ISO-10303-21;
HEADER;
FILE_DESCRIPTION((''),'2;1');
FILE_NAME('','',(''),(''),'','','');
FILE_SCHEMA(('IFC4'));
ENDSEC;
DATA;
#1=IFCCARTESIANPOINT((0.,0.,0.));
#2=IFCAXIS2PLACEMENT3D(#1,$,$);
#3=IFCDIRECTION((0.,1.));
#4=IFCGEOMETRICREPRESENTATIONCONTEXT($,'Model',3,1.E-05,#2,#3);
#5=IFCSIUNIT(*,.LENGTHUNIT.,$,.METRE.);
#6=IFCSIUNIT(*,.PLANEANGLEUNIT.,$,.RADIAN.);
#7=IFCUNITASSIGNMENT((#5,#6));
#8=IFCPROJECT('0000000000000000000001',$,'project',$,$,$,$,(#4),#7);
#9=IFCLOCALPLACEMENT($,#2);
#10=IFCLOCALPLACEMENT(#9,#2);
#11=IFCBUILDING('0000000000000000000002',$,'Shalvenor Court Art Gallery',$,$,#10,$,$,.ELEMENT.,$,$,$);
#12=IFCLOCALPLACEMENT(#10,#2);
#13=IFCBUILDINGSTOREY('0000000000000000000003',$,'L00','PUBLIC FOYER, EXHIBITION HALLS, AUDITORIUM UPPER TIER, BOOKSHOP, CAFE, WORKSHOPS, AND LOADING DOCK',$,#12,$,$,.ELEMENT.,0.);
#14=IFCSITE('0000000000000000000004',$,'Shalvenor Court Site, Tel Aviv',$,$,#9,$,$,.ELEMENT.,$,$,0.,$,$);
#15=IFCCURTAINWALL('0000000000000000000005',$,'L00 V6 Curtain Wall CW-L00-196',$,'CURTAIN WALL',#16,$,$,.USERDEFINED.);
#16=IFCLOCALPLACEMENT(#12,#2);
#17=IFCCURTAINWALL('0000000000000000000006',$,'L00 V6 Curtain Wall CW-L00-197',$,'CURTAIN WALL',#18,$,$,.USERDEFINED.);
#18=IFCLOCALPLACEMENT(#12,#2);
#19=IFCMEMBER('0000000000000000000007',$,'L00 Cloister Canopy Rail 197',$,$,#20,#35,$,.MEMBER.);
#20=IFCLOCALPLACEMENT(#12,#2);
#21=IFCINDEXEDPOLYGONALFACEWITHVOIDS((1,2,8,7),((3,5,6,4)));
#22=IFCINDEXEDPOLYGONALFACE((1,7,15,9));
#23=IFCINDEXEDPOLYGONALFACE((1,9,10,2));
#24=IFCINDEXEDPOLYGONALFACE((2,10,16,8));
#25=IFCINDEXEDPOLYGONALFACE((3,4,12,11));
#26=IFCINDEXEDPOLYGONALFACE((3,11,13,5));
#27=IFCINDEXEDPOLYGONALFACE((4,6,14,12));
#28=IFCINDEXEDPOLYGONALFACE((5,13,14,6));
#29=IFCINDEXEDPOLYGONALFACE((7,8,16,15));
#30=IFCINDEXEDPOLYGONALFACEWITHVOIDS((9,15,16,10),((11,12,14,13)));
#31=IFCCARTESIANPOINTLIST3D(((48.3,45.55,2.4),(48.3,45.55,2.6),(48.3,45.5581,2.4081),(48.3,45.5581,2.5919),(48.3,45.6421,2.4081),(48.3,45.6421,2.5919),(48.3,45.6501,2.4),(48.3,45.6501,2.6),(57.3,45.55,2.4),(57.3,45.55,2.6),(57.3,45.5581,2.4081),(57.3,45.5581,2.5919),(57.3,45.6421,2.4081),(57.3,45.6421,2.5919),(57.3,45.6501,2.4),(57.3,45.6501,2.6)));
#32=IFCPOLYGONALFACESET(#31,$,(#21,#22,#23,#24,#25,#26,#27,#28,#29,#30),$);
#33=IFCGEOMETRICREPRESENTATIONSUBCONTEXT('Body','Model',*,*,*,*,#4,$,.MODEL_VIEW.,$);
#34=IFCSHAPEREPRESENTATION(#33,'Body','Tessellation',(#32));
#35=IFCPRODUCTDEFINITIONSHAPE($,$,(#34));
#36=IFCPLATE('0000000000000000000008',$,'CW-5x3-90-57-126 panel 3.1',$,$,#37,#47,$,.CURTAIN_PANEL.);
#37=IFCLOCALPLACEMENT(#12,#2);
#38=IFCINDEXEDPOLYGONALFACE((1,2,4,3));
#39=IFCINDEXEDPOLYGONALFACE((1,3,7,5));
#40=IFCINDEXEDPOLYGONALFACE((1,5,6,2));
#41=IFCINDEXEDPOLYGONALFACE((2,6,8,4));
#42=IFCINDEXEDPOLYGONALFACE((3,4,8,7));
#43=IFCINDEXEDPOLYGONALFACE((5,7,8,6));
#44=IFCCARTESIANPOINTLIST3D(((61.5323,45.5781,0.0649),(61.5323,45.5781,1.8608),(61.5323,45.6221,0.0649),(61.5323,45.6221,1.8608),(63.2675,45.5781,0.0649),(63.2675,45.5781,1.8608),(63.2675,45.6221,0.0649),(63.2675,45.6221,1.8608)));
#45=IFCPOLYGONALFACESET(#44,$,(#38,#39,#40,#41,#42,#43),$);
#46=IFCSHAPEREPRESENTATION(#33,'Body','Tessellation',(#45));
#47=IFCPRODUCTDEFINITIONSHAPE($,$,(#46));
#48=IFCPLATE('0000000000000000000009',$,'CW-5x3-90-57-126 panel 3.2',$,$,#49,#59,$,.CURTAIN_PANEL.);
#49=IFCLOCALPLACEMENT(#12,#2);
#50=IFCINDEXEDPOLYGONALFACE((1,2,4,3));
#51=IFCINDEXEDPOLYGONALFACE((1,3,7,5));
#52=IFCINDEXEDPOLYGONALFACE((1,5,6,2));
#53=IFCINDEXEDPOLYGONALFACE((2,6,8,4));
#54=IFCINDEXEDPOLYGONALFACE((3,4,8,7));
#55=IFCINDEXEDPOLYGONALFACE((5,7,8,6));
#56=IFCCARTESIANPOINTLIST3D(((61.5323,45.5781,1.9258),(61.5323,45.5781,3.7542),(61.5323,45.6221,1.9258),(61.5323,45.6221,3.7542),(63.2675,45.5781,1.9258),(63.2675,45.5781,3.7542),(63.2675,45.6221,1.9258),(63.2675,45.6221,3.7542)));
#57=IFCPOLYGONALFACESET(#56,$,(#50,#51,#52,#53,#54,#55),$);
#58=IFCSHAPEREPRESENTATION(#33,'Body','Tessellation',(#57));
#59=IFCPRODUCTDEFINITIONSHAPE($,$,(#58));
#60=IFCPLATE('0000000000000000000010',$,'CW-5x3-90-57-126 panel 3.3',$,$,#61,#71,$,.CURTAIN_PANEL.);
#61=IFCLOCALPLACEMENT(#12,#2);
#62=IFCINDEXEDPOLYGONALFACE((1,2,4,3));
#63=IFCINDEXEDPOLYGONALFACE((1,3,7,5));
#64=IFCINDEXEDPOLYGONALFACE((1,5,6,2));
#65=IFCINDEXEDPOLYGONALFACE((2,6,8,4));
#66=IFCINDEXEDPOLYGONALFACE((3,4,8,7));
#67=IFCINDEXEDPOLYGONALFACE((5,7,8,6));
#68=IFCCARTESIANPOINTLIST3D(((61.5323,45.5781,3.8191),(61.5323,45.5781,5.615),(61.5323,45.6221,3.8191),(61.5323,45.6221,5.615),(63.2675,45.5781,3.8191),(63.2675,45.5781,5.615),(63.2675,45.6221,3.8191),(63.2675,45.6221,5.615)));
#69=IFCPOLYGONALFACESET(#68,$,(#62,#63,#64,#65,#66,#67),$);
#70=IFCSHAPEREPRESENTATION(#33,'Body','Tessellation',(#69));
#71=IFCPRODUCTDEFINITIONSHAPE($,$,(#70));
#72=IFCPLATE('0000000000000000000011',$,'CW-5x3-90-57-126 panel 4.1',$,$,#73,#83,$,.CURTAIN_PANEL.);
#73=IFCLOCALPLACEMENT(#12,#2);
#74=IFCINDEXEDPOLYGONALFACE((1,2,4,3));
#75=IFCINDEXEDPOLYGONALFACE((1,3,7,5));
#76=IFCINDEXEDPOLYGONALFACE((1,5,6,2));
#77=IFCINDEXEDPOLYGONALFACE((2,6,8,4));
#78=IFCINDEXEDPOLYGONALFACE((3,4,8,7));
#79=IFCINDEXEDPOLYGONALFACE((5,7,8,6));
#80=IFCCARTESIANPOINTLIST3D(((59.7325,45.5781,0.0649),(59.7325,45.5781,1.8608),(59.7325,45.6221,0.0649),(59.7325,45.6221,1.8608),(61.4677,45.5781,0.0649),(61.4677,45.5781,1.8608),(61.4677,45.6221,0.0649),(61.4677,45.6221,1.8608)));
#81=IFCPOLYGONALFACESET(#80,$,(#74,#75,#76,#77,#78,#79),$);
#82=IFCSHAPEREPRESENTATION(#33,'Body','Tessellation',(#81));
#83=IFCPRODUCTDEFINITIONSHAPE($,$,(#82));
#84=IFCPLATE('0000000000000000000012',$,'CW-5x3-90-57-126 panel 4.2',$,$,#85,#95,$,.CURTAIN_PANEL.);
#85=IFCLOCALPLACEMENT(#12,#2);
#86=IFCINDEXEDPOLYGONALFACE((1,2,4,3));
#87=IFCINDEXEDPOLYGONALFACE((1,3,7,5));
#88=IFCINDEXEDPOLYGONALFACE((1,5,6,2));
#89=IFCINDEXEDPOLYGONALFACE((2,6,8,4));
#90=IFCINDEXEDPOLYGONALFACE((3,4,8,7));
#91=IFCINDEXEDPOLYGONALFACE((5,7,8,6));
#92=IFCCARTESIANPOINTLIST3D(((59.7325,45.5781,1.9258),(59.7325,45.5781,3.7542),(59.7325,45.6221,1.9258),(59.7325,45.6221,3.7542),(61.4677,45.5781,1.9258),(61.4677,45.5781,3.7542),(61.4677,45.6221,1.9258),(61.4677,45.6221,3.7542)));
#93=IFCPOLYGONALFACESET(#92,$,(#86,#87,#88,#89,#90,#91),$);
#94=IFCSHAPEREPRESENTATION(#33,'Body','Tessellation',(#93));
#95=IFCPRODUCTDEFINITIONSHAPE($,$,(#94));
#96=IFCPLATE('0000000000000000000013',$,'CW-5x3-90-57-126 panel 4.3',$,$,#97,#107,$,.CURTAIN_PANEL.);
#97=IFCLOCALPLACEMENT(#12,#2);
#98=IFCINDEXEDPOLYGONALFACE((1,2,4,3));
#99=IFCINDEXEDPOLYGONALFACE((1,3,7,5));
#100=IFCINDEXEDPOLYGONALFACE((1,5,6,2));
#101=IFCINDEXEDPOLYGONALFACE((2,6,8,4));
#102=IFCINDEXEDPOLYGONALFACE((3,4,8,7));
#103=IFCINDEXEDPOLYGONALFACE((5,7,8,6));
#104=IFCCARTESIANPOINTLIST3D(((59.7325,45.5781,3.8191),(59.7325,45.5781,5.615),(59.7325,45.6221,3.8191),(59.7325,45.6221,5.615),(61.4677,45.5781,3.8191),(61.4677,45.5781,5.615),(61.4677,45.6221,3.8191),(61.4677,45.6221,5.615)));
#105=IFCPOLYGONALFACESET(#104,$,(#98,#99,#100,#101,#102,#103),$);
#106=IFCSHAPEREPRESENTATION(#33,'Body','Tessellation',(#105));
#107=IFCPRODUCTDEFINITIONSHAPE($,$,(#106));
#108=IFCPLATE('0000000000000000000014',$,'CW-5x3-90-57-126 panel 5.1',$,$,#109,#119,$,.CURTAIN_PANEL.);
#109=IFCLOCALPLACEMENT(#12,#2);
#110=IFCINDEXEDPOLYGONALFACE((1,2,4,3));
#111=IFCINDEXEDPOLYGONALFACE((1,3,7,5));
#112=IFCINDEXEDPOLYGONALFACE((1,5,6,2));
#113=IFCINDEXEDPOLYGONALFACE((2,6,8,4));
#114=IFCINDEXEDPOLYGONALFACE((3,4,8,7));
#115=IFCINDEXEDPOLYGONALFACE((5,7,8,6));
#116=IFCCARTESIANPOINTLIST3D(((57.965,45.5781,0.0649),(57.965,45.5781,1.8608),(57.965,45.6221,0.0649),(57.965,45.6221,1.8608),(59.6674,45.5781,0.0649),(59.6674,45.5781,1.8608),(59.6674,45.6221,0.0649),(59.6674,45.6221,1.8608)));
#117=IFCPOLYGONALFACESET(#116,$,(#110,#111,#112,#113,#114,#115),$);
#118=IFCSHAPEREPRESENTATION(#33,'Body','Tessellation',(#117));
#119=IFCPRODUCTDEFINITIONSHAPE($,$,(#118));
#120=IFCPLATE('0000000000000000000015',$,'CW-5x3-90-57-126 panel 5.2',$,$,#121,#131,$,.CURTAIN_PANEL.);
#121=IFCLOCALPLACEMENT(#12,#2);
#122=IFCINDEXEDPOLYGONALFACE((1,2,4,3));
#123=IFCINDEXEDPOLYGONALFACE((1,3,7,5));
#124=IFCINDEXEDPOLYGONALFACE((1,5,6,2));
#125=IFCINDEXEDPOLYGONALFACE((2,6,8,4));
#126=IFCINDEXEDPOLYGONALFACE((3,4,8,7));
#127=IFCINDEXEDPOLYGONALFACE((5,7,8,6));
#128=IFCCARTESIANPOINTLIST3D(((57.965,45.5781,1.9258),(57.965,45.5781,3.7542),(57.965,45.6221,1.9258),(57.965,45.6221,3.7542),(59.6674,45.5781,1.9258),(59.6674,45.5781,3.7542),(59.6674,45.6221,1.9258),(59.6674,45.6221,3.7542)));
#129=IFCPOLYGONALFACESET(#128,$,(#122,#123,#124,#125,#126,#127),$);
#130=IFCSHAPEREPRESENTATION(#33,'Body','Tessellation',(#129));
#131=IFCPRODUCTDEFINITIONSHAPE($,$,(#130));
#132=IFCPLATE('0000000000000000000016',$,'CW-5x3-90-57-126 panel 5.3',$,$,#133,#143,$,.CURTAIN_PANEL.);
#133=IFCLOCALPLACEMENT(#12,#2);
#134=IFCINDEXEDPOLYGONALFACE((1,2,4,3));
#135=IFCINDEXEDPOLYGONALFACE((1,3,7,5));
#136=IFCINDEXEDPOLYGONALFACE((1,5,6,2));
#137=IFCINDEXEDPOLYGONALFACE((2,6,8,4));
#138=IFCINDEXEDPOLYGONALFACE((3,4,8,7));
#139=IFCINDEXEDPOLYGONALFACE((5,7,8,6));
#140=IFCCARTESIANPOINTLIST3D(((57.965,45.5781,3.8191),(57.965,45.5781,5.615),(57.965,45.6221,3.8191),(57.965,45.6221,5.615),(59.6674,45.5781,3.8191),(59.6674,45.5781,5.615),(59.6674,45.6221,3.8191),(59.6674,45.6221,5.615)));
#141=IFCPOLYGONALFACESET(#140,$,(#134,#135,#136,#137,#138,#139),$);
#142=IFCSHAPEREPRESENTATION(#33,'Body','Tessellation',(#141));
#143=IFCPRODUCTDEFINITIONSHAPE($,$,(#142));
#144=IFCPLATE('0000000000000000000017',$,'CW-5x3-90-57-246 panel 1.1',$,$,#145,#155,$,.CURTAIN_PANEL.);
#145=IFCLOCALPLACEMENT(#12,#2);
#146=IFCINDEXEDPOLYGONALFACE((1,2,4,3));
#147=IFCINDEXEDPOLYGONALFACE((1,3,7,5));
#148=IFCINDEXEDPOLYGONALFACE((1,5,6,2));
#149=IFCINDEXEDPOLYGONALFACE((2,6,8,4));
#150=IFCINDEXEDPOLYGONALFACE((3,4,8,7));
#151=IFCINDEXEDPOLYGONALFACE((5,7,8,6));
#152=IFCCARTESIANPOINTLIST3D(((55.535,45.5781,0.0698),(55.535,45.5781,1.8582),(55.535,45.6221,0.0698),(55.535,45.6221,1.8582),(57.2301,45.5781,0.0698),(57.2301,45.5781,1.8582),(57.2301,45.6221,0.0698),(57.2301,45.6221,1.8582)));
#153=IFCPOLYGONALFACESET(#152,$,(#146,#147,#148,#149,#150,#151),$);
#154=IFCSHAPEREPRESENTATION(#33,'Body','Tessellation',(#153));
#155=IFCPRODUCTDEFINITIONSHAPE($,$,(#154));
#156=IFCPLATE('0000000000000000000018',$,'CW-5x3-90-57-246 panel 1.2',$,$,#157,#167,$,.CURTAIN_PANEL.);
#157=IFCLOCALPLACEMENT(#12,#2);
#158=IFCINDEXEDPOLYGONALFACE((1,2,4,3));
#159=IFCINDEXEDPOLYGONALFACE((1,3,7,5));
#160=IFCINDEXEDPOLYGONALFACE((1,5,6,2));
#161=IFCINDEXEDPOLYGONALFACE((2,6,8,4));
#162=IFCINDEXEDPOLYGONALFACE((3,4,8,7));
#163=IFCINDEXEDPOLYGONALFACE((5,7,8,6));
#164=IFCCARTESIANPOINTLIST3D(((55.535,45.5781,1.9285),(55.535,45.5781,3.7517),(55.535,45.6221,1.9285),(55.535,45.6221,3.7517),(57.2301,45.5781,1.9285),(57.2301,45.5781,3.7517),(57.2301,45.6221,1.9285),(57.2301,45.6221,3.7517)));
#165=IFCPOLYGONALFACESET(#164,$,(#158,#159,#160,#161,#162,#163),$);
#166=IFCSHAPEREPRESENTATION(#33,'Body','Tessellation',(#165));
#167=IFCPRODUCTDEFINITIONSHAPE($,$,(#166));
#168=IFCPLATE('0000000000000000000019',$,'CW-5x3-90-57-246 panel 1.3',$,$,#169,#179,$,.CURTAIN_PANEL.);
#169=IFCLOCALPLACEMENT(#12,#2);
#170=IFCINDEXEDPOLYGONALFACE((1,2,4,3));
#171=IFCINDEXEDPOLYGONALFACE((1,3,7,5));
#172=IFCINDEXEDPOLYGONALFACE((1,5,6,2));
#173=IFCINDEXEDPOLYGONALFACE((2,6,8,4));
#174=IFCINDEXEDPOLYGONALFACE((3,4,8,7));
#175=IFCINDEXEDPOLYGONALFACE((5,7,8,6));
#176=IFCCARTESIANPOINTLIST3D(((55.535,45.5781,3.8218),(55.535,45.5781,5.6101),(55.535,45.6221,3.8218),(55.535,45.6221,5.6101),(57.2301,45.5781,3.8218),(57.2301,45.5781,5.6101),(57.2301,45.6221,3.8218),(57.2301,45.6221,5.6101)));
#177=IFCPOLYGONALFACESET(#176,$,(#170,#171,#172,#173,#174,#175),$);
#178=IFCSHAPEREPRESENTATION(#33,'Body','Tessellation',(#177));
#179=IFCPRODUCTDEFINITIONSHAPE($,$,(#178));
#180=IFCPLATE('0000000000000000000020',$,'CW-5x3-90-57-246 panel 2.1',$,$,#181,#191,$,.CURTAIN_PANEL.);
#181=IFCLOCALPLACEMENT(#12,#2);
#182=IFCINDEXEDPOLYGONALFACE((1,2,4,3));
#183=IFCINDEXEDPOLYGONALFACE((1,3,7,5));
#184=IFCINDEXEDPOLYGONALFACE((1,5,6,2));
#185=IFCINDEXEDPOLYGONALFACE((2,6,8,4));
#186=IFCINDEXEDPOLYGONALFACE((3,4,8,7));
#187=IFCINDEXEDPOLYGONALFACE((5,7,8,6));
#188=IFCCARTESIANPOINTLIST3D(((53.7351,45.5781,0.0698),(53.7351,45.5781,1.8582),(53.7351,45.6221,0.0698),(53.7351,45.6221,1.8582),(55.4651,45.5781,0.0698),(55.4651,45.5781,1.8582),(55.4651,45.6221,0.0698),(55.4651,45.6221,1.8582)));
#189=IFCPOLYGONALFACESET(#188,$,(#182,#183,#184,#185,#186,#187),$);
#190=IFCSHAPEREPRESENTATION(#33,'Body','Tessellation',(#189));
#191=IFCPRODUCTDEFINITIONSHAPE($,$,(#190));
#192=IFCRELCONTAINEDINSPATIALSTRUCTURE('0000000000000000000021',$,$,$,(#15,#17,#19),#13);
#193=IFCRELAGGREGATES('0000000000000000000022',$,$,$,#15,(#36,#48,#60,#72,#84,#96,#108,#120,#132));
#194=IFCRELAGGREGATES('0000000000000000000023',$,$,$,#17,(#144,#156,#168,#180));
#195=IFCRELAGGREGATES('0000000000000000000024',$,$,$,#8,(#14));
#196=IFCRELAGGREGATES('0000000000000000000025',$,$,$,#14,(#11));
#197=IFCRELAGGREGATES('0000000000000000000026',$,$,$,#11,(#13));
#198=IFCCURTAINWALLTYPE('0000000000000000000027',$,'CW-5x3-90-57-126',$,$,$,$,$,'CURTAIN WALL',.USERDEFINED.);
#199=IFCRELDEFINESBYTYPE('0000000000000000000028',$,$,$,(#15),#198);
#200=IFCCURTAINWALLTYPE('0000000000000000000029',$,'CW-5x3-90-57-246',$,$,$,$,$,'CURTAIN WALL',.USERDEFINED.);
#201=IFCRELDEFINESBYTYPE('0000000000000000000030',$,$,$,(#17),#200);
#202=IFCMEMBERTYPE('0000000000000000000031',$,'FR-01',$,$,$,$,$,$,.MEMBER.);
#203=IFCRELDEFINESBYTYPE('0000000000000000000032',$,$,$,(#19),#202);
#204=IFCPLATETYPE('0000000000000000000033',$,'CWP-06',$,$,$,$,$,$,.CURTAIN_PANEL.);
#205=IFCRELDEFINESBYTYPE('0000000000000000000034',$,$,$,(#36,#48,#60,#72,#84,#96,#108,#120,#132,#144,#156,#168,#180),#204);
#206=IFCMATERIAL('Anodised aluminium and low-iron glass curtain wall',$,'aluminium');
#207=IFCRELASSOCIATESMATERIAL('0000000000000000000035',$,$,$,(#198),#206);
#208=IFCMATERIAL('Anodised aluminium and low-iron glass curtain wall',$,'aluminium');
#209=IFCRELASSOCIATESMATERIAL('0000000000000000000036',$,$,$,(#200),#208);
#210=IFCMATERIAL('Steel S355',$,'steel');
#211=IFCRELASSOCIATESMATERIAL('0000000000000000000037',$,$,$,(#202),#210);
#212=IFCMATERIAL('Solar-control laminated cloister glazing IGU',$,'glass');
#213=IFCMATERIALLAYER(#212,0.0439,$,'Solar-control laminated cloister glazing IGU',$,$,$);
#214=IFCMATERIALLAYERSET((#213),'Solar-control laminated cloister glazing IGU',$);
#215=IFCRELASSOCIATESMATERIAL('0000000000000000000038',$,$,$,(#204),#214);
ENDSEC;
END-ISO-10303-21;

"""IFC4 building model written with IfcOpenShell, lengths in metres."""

from ifc_helpers import new_model, si_unit, direction, frame, origin, origin_2d, place, context, subcontext, project, spatial, rectangle, hollow_rectangle, extrude, material, layer, layer_set, material_profile, profile_set, type_object, element, aggregate, save


model = new_model("IFC4")

# Units and contexts
model_context = context("Model", 3, precision=1e-05, world=origin(), true_north=direction((0.0, 1.0)))
body_context = subcontext(model_context, "Body", "Model", "MODEL_VIEW")
ifc_project = project(units=[si_unit("LENGTHUNIT", "METRE"), si_unit("PLANEANGLEUNIT", "RADIAN")], contexts=[model_context])

# Site, building, storey
site_placement = place(None, origin())
site = spatial("IfcSite", under=ifc_project, at=site_placement, Name="Shalvenor Court Site, Tel Aviv", CompositionType="ELEMENT", RefElevation=0.0)
building_placement = place(site_placement, origin())
building = spatial("IfcBuilding", under=site, at=building_placement, Name="Shalvenor Court Art Gallery", CompositionType="ELEMENT")
storey_placement = place(building_placement, origin())
storey = spatial("IfcBuildingStorey", under=building, at=storey_placement, Name="L00", Description="PUBLIC FOYER, EXHIBITION HALLS, AUDITORIUM UPPER TIER, BOOKSHOP, CAFE, WORKSHOPS, AND LOADING DOCK", CompositionType="ELEMENT", Elevation=0.0)

# Curtain walls
ifc_material_1 = material(Name="Anodised aluminium and low-iron glass curtain wall", Category="aluminium")
curtain_wall_type_1 = type_object("IfcCurtainWallType", Name="CW-5x3-90-57-126", ElementType="CURTAIN WALL", PredefinedType="USERDEFINED", material=ifc_material_1)
curtain_wall_1_placement = place(storey_placement, origin())
curtain_wall_1 = element("IfcCurtainWall", 1, at=curtain_wall_1_placement, inside=storey, type_object=curtain_wall_type_1, Name="L00 V6 Curtain Wall CW-L00-196", ObjectType="CURTAIN WALL", PredefinedType="USERDEFINED")
ifc_material_2 = material(Name="Anodised aluminium and low-iron glass curtain wall", Category="aluminium")
curtain_wall_type_2 = type_object("IfcCurtainWallType", Name="CW-5x3-90-57-246", ElementType="CURTAIN WALL", PredefinedType="USERDEFINED", material=ifc_material_2)
curtain_wall_2_placement = place(storey_placement, origin())
curtain_wall_2 = element("IfcCurtainWall", 2, at=curtain_wall_2_placement, inside=storey, type_object=curtain_wall_type_2, Name="L00 V6 Curtain Wall CW-L00-197", ObjectType="CURTAIN WALL", PredefinedType="USERDEFINED")

# Member
ifc_material_3 = material(Name="Steel S355", Category="steel")
ifc_material_profile_1 = material_profile(ifc_material_3, hollow_rectangle(XDim=0.1001, YDim=0.2, WallThickness=0.0081, at=origin_2d()), Name="RHS 200x100x8.0")
ifc_profile_set_1 = profile_set([ifc_material_profile_1], Name="Steel S355")
member_type_1 = type_object("IfcMemberType", Name="FR-01", PredefinedType="MEMBER", material=ifc_profile_set_1)
member_1_placement = place(storey_placement, frame((57.3, 45.6001, 2.5), z_axis=(-1.0, 0.0, 0.0), x_axis=(0.0, -1.0, 0.0)))
element("IfcMember", 3, at=member_1_placement, inside=storey, type_object=member_type_1, Name="L00 Cloister Canopy Rail 197", PredefinedType="MEMBER", context=body_context, shape_type="SweptSolid", body=[
    extrude(hollow_rectangle(XDim=0.1001, YDim=0.2, WallThickness=0.0081, at=origin_2d()), origin(), (0.0, 0.0, 1.0), 9.0),
])

# Plates
ifc_material_4 = material(Name="Solar-control laminated cloister glazing IGU", Category="glass")
ifc_layer_1 = layer(ifc_material_4, 0.0439, Name="Solar-control laminated cloister glazing IGU")
ifc_layer_set_1 = layer_set([ifc_layer_1], Name="Solar-control laminated cloister glazing IGU")
plate_type_1 = type_object("IfcPlateType", Name="CWP-06", PredefinedType="CURTAIN_PANEL", material=ifc_layer_set_1)
plate_1_placement = place(storey_placement, frame((62.3999, 45.6001, 0.0649), z_axis=(0.0, 0.0, 1.0), x_axis=(-1.0, 0.0, 0.0)))
plate_1 = element("IfcPlate", 4, at=plate_1_placement, type_object=plate_type_1, Name="CW-5x3-90-57-126 panel 3.1", PredefinedType="CURTAIN_PANEL", context=body_context, shape_type="SweptSolid", body=[
    extrude(rectangle(XDim=1.7351, YDim=0.0439, at=origin_2d()), origin(), (0.0, 0.0, 1.0), 1.7959),
])
plate_2_placement = place(storey_placement, frame((62.3999, 45.6001, 1.9258), z_axis=(0.0, 0.0, 1.0), x_axis=(-1.0, 0.0, 0.0)))
plate_2 = element("IfcPlate", 5, at=plate_2_placement, type_object=plate_type_1, Name="CW-5x3-90-57-126 panel 3.2", PredefinedType="CURTAIN_PANEL", context=body_context, shape_type="SweptSolid", body=[
    extrude(rectangle(XDim=1.7351, YDim=0.0439, at=origin_2d()), origin(), (0.0, 0.0, 1.0), 1.8284),
])
plate_3_placement = place(storey_placement, frame((62.3999, 45.6001, 3.8191), z_axis=(0.0, 0.0, 1.0), x_axis=(-1.0, 0.0, 0.0)))
plate_3 = element("IfcPlate", 6, at=plate_3_placement, type_object=plate_type_1, Name="CW-5x3-90-57-126 panel 3.3", PredefinedType="CURTAIN_PANEL", context=body_context, shape_type="SweptSolid", body=[
    extrude(rectangle(XDim=1.7351, YDim=0.0439, at=origin_2d()), origin(), (0.0, 0.0, 1.0), 1.7959),
])
plate_4_placement = place(storey_placement, frame((60.6001, 45.6001, 0.0649), z_axis=(0.0, 0.0, 1.0), x_axis=(-1.0, 0.0, 0.0)))
plate_4 = element("IfcPlate", 7, at=plate_4_placement, type_object=plate_type_1, Name="CW-5x3-90-57-126 panel 4.1", PredefinedType="CURTAIN_PANEL", context=body_context, shape_type="SweptSolid", body=[
    extrude(rectangle(XDim=1.7351, YDim=0.0439, at=origin_2d()), origin(), (0.0, 0.0, 1.0), 1.7959),
])
plate_5_placement = place(storey_placement, frame((60.6001, 45.6001, 1.9258), z_axis=(0.0, 0.0, 1.0), x_axis=(-1.0, 0.0, 0.0)))
plate_5 = element("IfcPlate", 8, at=plate_5_placement, type_object=plate_type_1, Name="CW-5x3-90-57-126 panel 4.2", PredefinedType="CURTAIN_PANEL", context=body_context, shape_type="SweptSolid", body=[
    extrude(rectangle(XDim=1.7351, YDim=0.0439, at=origin_2d()), origin(), (0.0, 0.0, 1.0), 1.8284),
])
plate_6_placement = place(storey_placement, frame((60.6001, 45.6001, 3.8191), z_axis=(0.0, 0.0, 1.0), x_axis=(-1.0, 0.0, 0.0)))
plate_6 = element("IfcPlate", 9, at=plate_6_placement, type_object=plate_type_1, Name="CW-5x3-90-57-126 panel 4.3", PredefinedType="CURTAIN_PANEL", context=body_context, shape_type="SweptSolid", body=[
    extrude(rectangle(XDim=1.7351, YDim=0.0439, at=origin_2d()), origin(), (0.0, 0.0, 1.0), 1.7959),
])
plate_7_placement = place(storey_placement, frame((58.8162, 45.6001, 0.0649), z_axis=(0.0, 0.0, 1.0), x_axis=(-1.0, 0.0, 0.0)))
plate_7 = element("IfcPlate", 10, at=plate_7_placement, type_object=plate_type_1, Name="CW-5x3-90-57-126 panel 5.1", PredefinedType="CURTAIN_PANEL", context=body_context, shape_type="SweptSolid", body=[
    extrude(rectangle(XDim=1.7024, YDim=0.0439, at=origin_2d()), origin(), (0.0, 0.0, 1.0), 1.7959),
])
plate_8_placement = place(storey_placement, frame((58.8162, 45.6001, 1.9258), z_axis=(0.0, 0.0, 1.0), x_axis=(-1.0, 0.0, 0.0)))
plate_8 = element("IfcPlate", 11, at=plate_8_placement, type_object=plate_type_1, Name="CW-5x3-90-57-126 panel 5.2", PredefinedType="CURTAIN_PANEL", context=body_context, shape_type="SweptSolid", body=[
    extrude(rectangle(XDim=1.7024, YDim=0.0439, at=origin_2d()), origin(), (0.0, 0.0, 1.0), 1.8284),
])
plate_9_placement = place(storey_placement, frame((58.8162, 45.6001, 3.8191), z_axis=(0.0, 0.0, 1.0), x_axis=(-1.0, 0.0, 0.0)))
plate_9 = element("IfcPlate", 12, at=plate_9_placement, type_object=plate_type_1, Name="CW-5x3-90-57-126 panel 5.3", PredefinedType="CURTAIN_PANEL", context=body_context, shape_type="SweptSolid", body=[
    extrude(rectangle(XDim=1.7024, YDim=0.0439, at=origin_2d()), origin(), (0.0, 0.0, 1.0), 1.7959),
])
aggregate(curtain_wall_1, [plate_1, plate_2, plate_3, plate_4, plate_5, plate_6, plate_7, plate_8, plate_9])
plate_10_placement = place(storey_placement, frame((56.3826, 45.6001, 0.0698), z_axis=(0.0, 0.0, 1.0), x_axis=(-1.0, 0.0, 0.0)))
plate_10 = element("IfcPlate", 13, at=plate_10_placement, type_object=plate_type_1, Name="CW-5x3-90-57-246 panel 1.1", PredefinedType="CURTAIN_PANEL", context=body_context, shape_type="SweptSolid", body=[
    extrude(rectangle(XDim=1.6951, YDim=0.0439, at=origin_2d()), origin(), (0.0, 0.0, 1.0), 1.7883),
])
plate_11_placement = place(storey_placement, frame((56.3826, 45.6001, 1.9285), z_axis=(0.0, 0.0, 1.0), x_axis=(-1.0, 0.0, 0.0)))
plate_11 = element("IfcPlate", 14, at=plate_11_placement, type_object=plate_type_1, Name="CW-5x3-90-57-246 panel 1.2", PredefinedType="CURTAIN_PANEL", context=body_context, shape_type="SweptSolid", body=[
    extrude(rectangle(XDim=1.6951, YDim=0.0439, at=origin_2d()), origin(), (0.0, 0.0, 1.0), 1.8232),
])
plate_12_placement = place(storey_placement, frame((56.3826, 45.6001, 3.8218), z_axis=(0.0, 0.0, 1.0), x_axis=(-1.0, 0.0, 0.0)))
plate_12 = element("IfcPlate", 15, at=plate_12_placement, type_object=plate_type_1, Name="CW-5x3-90-57-246 panel 1.3", PredefinedType="CURTAIN_PANEL", context=body_context, shape_type="SweptSolid", body=[
    extrude(rectangle(XDim=1.6951, YDim=0.0439, at=origin_2d()), origin(), (0.0, 0.0, 1.0), 1.7883),
])
plate_13_placement = place(storey_placement, frame((54.6001, 45.6001, 0.0698), z_axis=(0.0, 0.0, 1.0), x_axis=(-1.0, 0.0, 0.0)))
plate_13 = element("IfcPlate", 16, at=plate_13_placement, type_object=plate_type_1, Name="CW-5x3-90-57-246 panel 2.1", PredefinedType="CURTAIN_PANEL", context=body_context, shape_type="SweptSolid", body=[
    extrude(rectangle(XDim=1.73, YDim=0.0439, at=origin_2d()), origin(), (0.0, 0.0, 1.0), 1.7883),
])
aggregate(curtain_wall_2, [plate_10, plate_11, plate_12, plate_13])

save(model, "model.ifc")
